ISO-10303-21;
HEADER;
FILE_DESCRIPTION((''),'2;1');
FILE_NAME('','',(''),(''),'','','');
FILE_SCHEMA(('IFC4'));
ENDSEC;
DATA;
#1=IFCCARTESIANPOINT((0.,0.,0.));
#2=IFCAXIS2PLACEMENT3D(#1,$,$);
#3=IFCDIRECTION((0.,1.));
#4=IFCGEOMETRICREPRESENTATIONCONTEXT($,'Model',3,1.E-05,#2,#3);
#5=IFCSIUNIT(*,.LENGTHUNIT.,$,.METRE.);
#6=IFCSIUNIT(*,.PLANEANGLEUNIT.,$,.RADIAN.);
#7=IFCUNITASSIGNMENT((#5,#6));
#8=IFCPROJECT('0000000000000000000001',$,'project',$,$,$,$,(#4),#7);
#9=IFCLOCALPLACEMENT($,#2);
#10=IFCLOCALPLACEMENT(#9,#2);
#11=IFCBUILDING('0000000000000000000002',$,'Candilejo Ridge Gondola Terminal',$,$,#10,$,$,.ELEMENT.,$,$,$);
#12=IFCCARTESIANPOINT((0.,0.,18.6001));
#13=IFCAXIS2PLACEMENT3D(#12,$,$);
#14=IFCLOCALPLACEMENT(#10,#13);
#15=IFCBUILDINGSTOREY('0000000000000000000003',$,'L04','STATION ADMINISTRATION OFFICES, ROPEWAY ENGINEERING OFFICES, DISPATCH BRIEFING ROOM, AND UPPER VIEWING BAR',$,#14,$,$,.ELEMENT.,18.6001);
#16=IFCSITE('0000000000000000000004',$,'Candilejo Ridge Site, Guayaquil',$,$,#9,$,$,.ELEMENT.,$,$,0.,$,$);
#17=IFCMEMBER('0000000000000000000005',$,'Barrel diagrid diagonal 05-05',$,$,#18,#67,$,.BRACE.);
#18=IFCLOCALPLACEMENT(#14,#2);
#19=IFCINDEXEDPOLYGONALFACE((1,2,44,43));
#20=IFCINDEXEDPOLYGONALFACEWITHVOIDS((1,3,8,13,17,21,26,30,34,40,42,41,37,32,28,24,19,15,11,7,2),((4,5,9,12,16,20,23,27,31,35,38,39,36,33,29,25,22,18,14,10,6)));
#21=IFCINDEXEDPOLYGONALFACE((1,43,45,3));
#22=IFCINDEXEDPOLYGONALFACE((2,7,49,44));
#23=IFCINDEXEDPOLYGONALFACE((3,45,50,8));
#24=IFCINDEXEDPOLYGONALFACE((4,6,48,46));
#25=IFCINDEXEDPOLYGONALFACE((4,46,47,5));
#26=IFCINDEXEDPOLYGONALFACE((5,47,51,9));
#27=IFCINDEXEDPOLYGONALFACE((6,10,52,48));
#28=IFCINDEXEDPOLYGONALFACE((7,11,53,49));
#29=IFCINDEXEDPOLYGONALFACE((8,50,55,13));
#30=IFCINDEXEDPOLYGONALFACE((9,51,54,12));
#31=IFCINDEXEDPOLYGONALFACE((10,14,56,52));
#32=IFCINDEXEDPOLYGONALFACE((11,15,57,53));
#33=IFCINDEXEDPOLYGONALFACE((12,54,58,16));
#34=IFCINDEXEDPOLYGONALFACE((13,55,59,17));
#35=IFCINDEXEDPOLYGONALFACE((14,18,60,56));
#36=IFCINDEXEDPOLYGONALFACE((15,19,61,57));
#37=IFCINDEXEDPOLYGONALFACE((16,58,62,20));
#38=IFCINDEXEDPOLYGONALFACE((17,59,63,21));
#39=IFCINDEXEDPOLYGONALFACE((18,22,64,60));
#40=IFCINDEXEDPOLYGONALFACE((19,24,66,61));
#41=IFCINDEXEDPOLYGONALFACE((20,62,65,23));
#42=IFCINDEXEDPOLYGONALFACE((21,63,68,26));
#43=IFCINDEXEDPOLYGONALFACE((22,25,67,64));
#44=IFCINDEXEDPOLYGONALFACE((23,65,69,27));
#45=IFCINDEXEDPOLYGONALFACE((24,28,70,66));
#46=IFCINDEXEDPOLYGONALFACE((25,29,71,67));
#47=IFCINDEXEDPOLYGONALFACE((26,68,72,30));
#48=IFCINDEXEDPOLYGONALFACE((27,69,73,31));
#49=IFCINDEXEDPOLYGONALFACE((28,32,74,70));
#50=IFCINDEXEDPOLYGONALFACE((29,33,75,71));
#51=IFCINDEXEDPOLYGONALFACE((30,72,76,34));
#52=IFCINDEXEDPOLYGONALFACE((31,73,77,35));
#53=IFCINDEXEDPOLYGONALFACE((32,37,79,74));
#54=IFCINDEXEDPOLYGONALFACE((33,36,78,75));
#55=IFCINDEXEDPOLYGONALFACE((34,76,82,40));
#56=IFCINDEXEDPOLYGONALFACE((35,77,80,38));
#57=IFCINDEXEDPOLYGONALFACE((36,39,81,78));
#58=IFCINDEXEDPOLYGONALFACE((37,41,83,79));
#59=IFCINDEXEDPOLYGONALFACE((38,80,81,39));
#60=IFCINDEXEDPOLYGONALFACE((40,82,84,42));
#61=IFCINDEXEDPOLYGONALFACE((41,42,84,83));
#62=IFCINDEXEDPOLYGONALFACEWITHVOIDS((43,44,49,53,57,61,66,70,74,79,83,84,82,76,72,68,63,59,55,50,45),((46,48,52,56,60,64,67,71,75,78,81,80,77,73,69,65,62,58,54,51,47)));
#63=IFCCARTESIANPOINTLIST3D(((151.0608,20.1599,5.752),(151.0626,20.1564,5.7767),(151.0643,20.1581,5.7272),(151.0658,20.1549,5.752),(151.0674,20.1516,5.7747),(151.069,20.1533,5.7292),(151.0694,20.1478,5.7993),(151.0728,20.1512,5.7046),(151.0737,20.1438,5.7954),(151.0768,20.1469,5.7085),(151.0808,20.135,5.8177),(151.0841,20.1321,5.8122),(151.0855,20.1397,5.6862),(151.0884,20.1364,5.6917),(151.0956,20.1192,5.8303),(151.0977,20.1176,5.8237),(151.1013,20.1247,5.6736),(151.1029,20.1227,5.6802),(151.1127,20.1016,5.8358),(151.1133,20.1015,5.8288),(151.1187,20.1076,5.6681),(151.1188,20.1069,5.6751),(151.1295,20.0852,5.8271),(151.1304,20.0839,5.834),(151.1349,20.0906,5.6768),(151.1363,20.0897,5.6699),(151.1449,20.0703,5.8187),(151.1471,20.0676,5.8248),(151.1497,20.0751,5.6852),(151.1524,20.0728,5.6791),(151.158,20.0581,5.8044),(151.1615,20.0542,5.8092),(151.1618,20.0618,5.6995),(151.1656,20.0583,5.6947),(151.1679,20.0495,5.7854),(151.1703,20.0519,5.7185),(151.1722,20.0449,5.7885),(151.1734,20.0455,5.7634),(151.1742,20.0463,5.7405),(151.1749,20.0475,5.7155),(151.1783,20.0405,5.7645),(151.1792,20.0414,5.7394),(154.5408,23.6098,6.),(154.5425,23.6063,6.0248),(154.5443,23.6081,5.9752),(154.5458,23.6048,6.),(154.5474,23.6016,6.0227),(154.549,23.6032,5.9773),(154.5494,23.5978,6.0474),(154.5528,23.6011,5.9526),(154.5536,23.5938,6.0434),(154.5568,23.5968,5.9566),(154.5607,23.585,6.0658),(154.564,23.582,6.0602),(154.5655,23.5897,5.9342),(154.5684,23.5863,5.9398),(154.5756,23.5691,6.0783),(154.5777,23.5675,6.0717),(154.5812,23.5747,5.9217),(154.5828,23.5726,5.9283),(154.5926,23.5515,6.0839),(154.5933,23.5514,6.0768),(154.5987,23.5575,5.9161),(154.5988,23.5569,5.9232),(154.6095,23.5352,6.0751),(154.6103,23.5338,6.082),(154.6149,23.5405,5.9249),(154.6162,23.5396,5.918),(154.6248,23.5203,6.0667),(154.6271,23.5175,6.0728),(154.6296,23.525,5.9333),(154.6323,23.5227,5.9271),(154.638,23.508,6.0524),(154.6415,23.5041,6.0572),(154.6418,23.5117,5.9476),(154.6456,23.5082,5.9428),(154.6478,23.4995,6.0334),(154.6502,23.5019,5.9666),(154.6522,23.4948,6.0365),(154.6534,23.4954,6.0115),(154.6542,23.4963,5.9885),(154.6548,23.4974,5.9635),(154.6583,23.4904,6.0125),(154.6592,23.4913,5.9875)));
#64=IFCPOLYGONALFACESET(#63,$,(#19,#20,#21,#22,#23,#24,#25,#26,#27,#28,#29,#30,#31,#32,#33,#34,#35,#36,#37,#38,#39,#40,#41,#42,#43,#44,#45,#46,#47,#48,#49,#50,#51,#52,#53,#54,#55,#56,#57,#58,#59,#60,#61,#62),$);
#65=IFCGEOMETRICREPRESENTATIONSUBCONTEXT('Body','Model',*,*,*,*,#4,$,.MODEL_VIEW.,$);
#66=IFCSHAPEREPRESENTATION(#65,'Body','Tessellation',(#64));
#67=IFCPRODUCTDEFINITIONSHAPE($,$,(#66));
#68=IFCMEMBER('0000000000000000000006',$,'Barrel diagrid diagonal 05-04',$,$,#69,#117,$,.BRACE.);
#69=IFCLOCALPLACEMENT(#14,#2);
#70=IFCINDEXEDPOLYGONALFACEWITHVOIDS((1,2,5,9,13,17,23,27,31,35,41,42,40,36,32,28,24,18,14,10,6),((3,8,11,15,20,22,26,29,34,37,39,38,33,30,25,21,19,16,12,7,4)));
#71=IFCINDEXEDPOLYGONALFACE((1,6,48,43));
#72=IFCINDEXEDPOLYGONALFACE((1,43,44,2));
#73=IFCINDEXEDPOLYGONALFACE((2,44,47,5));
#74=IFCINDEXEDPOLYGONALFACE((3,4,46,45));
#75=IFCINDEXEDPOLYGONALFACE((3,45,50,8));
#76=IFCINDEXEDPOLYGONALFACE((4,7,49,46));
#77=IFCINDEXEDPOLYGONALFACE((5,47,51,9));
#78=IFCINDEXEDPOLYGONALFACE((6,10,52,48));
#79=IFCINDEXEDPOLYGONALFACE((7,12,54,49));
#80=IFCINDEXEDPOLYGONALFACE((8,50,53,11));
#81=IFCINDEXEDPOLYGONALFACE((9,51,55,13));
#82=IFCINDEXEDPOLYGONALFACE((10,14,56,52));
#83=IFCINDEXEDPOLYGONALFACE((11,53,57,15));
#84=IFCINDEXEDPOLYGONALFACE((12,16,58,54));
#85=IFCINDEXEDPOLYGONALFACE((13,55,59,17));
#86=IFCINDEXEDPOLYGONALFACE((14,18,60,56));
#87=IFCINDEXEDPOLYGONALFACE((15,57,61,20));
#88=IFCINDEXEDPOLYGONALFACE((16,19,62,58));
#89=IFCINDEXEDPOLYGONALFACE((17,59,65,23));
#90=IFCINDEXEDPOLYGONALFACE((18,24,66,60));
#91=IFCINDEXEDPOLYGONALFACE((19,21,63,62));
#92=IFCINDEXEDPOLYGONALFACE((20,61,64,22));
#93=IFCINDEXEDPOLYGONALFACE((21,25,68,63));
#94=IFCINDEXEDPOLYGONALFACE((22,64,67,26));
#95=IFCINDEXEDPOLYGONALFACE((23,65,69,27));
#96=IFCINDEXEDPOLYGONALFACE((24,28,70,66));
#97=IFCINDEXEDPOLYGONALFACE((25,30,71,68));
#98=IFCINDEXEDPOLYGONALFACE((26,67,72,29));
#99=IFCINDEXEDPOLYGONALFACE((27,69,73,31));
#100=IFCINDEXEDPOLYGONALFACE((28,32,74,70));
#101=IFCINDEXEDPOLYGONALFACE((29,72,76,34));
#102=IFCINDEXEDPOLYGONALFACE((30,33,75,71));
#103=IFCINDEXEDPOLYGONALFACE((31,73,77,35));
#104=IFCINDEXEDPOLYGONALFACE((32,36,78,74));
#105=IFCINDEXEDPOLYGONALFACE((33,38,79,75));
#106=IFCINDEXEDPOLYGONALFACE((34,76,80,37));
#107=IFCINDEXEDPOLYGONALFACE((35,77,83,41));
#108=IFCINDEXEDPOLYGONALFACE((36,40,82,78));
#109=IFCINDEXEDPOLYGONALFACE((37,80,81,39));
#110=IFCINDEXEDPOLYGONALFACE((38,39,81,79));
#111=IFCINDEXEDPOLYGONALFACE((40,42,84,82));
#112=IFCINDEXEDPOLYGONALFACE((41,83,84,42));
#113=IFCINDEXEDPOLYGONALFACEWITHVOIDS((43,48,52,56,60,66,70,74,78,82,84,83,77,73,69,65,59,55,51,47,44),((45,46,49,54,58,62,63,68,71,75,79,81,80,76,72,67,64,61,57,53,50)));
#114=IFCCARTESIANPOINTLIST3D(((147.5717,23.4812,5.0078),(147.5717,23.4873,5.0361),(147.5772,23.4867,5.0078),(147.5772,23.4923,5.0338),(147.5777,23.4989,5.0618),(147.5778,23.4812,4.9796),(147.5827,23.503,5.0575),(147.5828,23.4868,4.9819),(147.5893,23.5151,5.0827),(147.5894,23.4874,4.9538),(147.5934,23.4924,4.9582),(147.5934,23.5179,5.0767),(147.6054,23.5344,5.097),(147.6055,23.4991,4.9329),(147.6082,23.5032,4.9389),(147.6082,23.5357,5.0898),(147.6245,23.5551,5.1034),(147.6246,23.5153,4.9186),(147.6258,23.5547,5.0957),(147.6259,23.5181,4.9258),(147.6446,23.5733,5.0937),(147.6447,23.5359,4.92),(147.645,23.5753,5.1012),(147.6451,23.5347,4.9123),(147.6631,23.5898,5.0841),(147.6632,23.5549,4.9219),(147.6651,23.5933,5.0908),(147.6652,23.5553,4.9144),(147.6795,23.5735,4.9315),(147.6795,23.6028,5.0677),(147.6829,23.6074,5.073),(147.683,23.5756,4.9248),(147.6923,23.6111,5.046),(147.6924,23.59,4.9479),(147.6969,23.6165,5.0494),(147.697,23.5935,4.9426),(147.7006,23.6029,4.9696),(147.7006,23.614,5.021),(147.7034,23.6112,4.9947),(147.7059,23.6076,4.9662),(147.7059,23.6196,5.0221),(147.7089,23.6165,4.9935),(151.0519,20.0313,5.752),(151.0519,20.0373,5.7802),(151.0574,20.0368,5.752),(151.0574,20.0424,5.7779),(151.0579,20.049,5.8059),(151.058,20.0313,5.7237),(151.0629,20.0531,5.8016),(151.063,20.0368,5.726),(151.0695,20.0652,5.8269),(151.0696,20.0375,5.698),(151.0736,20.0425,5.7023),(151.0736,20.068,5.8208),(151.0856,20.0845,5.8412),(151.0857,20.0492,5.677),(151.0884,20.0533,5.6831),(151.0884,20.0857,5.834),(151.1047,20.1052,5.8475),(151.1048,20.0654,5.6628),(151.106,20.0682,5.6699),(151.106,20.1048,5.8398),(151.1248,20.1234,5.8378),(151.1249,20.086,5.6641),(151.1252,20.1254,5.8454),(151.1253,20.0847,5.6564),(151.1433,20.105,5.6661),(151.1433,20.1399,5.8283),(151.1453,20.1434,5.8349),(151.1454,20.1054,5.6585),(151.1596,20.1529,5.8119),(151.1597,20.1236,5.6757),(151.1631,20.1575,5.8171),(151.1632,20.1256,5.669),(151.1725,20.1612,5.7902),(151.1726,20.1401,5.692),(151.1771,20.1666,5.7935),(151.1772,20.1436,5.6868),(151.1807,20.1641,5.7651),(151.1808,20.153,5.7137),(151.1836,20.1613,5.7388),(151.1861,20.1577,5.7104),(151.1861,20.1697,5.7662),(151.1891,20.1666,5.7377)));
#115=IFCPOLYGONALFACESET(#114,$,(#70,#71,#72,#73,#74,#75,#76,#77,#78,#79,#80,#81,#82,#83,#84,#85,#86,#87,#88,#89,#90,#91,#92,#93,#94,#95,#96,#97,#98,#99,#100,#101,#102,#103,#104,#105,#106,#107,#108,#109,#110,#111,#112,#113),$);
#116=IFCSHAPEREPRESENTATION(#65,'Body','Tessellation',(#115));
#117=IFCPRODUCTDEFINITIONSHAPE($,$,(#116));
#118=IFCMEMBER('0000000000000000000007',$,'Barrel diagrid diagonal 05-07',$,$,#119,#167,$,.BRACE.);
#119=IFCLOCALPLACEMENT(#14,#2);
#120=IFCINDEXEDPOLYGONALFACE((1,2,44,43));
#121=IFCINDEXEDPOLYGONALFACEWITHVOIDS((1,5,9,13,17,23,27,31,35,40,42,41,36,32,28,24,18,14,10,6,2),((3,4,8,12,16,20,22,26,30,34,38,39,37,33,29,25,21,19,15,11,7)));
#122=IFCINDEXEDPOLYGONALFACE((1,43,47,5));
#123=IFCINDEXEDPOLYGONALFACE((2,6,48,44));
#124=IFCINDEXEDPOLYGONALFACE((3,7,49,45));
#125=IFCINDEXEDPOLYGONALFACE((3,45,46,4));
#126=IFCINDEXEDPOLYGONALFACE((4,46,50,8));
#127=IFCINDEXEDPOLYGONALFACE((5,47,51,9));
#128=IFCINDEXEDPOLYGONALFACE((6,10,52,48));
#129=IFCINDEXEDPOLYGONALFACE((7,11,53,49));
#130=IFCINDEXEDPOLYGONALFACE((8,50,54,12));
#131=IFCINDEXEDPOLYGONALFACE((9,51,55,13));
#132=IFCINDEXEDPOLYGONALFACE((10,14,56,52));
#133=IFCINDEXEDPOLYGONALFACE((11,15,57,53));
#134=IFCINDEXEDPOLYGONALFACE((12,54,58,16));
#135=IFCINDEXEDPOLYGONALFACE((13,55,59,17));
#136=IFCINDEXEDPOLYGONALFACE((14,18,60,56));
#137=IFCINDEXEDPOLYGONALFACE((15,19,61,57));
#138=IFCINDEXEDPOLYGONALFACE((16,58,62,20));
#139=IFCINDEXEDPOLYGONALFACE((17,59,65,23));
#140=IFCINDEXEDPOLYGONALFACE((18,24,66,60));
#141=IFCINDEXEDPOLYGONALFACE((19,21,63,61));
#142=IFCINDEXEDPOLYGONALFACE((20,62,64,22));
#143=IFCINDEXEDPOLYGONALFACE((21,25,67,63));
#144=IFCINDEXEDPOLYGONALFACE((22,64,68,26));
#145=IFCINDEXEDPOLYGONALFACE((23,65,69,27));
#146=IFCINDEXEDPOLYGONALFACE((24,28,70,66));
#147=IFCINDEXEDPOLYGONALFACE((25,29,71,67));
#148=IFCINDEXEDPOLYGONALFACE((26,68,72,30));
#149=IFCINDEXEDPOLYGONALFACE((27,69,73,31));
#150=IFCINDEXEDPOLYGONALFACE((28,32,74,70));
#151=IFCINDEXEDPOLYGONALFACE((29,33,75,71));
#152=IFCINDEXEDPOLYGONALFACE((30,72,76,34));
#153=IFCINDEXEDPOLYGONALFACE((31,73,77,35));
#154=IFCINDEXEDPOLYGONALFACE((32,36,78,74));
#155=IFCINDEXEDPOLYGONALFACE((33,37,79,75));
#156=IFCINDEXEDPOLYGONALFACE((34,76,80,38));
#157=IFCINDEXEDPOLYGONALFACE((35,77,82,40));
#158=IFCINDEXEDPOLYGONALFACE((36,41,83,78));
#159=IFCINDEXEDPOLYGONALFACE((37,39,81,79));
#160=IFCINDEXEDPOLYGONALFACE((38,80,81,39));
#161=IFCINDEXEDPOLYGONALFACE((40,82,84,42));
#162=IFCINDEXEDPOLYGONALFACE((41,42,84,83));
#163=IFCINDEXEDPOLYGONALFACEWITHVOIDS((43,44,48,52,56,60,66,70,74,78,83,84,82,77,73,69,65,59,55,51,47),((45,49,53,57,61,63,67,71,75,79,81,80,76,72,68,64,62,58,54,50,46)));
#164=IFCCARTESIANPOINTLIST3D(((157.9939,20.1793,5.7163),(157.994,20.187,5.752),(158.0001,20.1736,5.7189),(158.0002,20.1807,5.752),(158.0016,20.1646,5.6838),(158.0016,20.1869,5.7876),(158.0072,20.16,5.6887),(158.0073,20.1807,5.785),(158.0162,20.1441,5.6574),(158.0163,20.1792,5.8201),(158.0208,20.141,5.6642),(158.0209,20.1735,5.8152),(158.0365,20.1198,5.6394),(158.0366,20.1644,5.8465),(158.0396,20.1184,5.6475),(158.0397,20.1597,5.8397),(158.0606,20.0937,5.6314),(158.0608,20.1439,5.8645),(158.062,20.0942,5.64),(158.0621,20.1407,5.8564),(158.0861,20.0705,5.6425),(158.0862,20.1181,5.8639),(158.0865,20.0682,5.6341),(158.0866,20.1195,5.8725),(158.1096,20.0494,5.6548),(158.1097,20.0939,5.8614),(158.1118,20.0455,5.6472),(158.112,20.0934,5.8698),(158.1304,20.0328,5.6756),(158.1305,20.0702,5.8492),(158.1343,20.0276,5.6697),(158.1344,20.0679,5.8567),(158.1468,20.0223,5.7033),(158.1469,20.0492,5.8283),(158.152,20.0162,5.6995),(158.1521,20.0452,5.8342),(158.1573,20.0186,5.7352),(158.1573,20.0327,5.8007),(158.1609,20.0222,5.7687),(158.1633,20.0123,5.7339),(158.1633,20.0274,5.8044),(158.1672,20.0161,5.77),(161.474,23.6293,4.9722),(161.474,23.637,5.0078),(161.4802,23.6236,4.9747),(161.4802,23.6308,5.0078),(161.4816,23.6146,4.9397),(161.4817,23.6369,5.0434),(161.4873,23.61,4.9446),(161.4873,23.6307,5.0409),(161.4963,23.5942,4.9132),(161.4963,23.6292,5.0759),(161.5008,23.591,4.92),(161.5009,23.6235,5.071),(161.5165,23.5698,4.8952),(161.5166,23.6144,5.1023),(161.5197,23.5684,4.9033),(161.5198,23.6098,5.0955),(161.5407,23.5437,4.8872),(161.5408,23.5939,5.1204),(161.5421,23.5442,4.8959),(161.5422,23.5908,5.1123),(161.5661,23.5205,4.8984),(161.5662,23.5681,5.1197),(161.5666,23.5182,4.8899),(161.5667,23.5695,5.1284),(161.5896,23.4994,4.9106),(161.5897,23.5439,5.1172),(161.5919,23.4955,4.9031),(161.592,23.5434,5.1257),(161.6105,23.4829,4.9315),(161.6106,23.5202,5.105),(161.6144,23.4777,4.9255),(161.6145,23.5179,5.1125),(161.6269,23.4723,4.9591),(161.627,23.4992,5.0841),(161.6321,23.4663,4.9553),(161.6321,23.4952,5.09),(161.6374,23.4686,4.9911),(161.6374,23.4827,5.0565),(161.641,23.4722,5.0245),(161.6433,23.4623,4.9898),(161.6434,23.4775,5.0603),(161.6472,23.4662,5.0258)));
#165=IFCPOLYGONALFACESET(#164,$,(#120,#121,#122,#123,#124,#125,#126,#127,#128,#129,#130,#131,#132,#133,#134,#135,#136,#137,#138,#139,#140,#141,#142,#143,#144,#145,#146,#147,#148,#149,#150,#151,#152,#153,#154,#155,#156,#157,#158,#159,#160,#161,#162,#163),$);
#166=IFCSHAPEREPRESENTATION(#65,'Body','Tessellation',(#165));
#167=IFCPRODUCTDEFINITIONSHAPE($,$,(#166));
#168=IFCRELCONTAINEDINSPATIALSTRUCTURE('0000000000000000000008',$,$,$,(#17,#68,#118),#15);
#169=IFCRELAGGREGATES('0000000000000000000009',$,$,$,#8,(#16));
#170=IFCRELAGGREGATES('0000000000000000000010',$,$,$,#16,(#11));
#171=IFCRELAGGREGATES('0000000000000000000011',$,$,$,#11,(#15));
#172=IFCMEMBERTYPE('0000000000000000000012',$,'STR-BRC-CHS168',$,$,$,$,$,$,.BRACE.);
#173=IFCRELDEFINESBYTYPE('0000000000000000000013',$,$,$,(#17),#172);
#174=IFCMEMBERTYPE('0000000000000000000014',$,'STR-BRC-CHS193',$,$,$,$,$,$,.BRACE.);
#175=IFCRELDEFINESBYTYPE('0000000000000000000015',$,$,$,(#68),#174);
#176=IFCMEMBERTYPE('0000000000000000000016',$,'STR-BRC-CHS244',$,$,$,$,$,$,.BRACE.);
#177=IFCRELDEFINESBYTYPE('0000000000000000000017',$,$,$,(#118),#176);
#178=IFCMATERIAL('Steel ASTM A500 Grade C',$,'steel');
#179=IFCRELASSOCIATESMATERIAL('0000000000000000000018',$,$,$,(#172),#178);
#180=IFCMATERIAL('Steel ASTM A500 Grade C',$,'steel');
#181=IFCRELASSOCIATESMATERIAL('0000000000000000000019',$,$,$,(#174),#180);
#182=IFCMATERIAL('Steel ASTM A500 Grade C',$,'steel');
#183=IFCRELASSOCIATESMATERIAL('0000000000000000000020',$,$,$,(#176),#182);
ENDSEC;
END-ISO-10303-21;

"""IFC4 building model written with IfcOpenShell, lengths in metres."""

from ifc_helpers import new_model, si_unit, direction, frame, origin, origin_2d, place, context, subcontext, project, spatial, hollow_circle, extrude, material, material_profile, profile_set, type_object, element, save


model = new_model("IFC4")

# Units and contexts
model_context = context("Model", 3, precision=1e-05, world=origin(), true_north=direction((0.0, 1.0)))
body_context = subcontext(model_context, "Body", "Model", "MODEL_VIEW")
ifc_project = project(units=[si_unit("LENGTHUNIT", "METRE"), si_unit("PLANEANGLEUNIT", "RADIAN")], contexts=[model_context])

# Site, building, storey
site_placement = place(None, origin())
site = spatial("IfcSite", under=ifc_project, at=site_placement, Name="Candilejo Ridge Site, Guayaquil", CompositionType="ELEMENT", RefElevation=0.0)
building_placement = place(site_placement, origin())
building = spatial("IfcBuilding", under=site, at=building_placement, Name="Candilejo Ridge Gondola Terminal", CompositionType="ELEMENT")
storey_placement = place(building_placement, frame((0.0, 0.0, 18.6001)))
storey = spatial("IfcBuildingStorey", under=building, at=storey_placement, Name="L04", Description="STATION ADMINISTRATION OFFICES, ROPEWAY ENGINEERING OFFICES, DISPATCH BRIEFING ROOM, AND UPPER VIEWING BAR", CompositionType="ELEMENT", Elevation=18.6001)

# Members
ifc_material_1 = material(Name="Steel ASTM A500 Grade C", Category="steel")
ifc_material_profile_1 = material_profile(ifc_material_1, hollow_circle(Radius=0.0842, WallThickness=0.0071, at=origin_2d()))
ifc_profile_set_1 = profile_set([ifc_material_profile_1], Name="Steel ASTM A500 Grade C")
member_type_1 = type_object("IfcMemberType", Name="STR-BRC-CHS168", PredefinedType="BRACE", material=ifc_profile_set_1)
member_1_placement = place(storey_placement, frame((151.1201, 20.1001, 5.752), z_axis=(0.709256, 0.703136, 0.050555), x_axis=(-0.704036, 0.710164, 0.0)))
element("IfcMember", 1, at=member_1_placement, inside=storey, type_object=member_type_1, Name="Barrel diagrid diagonal 05-05", PredefinedType="BRACE", context=body_context, shape_type="SweptSolid", body=[
    extrude(hollow_circle(Radius=0.0842, WallThickness=0.0071, at=origin_2d()), origin(), (0.0, 0.0, 1.0), 4.9065),
])
ifc_material_2 = material(Name="Steel ASTM A500 Grade C", Category="steel")
ifc_material_profile_2 = material_profile(ifc_material_2, hollow_circle(Radius=0.0969, WallThickness=0.0078, at=origin_2d()))
ifc_profile_set_2 = profile_set([ifc_material_profile_2], Name="Steel ASTM A500 Grade C")
member_type_2 = type_object("IfcMemberType", Name="STR-BRC-CHS193", PredefinedType="BRACE", material=ifc_profile_set_2)
member_2_placement = place(storey_placement, frame((151.1201, 20.1001, 5.752), z_axis=(-0.70214, 0.696032, -0.150131), x_axis=(-0.704011, -0.710189, 0.0)))
element("IfcMember", 2, at=member_2_placement, inside=storey, type_object=member_type_2, Name="Barrel diagrid diagonal 05-04", PredefinedType="BRACE", context=body_context, shape_type="SweptSolid", body=[
    extrude(hollow_circle(Radius=0.0969, WallThickness=0.0078, at=origin_2d()), origin(), (0.0, 0.0, 1.0), 4.9565),
])
ifc_material_3 = material(Name="Steel ASTM A500 Grade C", Category="steel")
ifc_material_profile_3 = material_profile(ifc_material_3, hollow_circle(Radius=0.1223, WallThickness=0.0088, at=origin_2d()))
ifc_profile_set_3 = profile_set([ifc_material_profile_3], Name="Steel ASTM A500 Grade C")
member_type_3 = type_object("IfcMemberType", Name="STR-BRC-CHS244", PredefinedType="BRACE", material=ifc_profile_set_3)
member_3_placement = place(storey_placement, frame((158.0801, 20.1001, 5.752), z_axis=(0.702115, 0.696056, -0.150136), x_axis=(-0.704036, 0.710164, 0.0)))
element("IfcMember", 3, at=member_3_placement, inside=storey, type_object=member_type_3, Name="Barrel diagrid diagonal 05-07", PredefinedType="BRACE", context=body_context, shape_type="SweptSolid", body=[
    extrude(hollow_circle(Radius=0.1223, WallThickness=0.0088, at=origin_2d()), origin(), (0.0, 0.0, 1.0), 4.9565),
])

save(model, "model.ifc")
